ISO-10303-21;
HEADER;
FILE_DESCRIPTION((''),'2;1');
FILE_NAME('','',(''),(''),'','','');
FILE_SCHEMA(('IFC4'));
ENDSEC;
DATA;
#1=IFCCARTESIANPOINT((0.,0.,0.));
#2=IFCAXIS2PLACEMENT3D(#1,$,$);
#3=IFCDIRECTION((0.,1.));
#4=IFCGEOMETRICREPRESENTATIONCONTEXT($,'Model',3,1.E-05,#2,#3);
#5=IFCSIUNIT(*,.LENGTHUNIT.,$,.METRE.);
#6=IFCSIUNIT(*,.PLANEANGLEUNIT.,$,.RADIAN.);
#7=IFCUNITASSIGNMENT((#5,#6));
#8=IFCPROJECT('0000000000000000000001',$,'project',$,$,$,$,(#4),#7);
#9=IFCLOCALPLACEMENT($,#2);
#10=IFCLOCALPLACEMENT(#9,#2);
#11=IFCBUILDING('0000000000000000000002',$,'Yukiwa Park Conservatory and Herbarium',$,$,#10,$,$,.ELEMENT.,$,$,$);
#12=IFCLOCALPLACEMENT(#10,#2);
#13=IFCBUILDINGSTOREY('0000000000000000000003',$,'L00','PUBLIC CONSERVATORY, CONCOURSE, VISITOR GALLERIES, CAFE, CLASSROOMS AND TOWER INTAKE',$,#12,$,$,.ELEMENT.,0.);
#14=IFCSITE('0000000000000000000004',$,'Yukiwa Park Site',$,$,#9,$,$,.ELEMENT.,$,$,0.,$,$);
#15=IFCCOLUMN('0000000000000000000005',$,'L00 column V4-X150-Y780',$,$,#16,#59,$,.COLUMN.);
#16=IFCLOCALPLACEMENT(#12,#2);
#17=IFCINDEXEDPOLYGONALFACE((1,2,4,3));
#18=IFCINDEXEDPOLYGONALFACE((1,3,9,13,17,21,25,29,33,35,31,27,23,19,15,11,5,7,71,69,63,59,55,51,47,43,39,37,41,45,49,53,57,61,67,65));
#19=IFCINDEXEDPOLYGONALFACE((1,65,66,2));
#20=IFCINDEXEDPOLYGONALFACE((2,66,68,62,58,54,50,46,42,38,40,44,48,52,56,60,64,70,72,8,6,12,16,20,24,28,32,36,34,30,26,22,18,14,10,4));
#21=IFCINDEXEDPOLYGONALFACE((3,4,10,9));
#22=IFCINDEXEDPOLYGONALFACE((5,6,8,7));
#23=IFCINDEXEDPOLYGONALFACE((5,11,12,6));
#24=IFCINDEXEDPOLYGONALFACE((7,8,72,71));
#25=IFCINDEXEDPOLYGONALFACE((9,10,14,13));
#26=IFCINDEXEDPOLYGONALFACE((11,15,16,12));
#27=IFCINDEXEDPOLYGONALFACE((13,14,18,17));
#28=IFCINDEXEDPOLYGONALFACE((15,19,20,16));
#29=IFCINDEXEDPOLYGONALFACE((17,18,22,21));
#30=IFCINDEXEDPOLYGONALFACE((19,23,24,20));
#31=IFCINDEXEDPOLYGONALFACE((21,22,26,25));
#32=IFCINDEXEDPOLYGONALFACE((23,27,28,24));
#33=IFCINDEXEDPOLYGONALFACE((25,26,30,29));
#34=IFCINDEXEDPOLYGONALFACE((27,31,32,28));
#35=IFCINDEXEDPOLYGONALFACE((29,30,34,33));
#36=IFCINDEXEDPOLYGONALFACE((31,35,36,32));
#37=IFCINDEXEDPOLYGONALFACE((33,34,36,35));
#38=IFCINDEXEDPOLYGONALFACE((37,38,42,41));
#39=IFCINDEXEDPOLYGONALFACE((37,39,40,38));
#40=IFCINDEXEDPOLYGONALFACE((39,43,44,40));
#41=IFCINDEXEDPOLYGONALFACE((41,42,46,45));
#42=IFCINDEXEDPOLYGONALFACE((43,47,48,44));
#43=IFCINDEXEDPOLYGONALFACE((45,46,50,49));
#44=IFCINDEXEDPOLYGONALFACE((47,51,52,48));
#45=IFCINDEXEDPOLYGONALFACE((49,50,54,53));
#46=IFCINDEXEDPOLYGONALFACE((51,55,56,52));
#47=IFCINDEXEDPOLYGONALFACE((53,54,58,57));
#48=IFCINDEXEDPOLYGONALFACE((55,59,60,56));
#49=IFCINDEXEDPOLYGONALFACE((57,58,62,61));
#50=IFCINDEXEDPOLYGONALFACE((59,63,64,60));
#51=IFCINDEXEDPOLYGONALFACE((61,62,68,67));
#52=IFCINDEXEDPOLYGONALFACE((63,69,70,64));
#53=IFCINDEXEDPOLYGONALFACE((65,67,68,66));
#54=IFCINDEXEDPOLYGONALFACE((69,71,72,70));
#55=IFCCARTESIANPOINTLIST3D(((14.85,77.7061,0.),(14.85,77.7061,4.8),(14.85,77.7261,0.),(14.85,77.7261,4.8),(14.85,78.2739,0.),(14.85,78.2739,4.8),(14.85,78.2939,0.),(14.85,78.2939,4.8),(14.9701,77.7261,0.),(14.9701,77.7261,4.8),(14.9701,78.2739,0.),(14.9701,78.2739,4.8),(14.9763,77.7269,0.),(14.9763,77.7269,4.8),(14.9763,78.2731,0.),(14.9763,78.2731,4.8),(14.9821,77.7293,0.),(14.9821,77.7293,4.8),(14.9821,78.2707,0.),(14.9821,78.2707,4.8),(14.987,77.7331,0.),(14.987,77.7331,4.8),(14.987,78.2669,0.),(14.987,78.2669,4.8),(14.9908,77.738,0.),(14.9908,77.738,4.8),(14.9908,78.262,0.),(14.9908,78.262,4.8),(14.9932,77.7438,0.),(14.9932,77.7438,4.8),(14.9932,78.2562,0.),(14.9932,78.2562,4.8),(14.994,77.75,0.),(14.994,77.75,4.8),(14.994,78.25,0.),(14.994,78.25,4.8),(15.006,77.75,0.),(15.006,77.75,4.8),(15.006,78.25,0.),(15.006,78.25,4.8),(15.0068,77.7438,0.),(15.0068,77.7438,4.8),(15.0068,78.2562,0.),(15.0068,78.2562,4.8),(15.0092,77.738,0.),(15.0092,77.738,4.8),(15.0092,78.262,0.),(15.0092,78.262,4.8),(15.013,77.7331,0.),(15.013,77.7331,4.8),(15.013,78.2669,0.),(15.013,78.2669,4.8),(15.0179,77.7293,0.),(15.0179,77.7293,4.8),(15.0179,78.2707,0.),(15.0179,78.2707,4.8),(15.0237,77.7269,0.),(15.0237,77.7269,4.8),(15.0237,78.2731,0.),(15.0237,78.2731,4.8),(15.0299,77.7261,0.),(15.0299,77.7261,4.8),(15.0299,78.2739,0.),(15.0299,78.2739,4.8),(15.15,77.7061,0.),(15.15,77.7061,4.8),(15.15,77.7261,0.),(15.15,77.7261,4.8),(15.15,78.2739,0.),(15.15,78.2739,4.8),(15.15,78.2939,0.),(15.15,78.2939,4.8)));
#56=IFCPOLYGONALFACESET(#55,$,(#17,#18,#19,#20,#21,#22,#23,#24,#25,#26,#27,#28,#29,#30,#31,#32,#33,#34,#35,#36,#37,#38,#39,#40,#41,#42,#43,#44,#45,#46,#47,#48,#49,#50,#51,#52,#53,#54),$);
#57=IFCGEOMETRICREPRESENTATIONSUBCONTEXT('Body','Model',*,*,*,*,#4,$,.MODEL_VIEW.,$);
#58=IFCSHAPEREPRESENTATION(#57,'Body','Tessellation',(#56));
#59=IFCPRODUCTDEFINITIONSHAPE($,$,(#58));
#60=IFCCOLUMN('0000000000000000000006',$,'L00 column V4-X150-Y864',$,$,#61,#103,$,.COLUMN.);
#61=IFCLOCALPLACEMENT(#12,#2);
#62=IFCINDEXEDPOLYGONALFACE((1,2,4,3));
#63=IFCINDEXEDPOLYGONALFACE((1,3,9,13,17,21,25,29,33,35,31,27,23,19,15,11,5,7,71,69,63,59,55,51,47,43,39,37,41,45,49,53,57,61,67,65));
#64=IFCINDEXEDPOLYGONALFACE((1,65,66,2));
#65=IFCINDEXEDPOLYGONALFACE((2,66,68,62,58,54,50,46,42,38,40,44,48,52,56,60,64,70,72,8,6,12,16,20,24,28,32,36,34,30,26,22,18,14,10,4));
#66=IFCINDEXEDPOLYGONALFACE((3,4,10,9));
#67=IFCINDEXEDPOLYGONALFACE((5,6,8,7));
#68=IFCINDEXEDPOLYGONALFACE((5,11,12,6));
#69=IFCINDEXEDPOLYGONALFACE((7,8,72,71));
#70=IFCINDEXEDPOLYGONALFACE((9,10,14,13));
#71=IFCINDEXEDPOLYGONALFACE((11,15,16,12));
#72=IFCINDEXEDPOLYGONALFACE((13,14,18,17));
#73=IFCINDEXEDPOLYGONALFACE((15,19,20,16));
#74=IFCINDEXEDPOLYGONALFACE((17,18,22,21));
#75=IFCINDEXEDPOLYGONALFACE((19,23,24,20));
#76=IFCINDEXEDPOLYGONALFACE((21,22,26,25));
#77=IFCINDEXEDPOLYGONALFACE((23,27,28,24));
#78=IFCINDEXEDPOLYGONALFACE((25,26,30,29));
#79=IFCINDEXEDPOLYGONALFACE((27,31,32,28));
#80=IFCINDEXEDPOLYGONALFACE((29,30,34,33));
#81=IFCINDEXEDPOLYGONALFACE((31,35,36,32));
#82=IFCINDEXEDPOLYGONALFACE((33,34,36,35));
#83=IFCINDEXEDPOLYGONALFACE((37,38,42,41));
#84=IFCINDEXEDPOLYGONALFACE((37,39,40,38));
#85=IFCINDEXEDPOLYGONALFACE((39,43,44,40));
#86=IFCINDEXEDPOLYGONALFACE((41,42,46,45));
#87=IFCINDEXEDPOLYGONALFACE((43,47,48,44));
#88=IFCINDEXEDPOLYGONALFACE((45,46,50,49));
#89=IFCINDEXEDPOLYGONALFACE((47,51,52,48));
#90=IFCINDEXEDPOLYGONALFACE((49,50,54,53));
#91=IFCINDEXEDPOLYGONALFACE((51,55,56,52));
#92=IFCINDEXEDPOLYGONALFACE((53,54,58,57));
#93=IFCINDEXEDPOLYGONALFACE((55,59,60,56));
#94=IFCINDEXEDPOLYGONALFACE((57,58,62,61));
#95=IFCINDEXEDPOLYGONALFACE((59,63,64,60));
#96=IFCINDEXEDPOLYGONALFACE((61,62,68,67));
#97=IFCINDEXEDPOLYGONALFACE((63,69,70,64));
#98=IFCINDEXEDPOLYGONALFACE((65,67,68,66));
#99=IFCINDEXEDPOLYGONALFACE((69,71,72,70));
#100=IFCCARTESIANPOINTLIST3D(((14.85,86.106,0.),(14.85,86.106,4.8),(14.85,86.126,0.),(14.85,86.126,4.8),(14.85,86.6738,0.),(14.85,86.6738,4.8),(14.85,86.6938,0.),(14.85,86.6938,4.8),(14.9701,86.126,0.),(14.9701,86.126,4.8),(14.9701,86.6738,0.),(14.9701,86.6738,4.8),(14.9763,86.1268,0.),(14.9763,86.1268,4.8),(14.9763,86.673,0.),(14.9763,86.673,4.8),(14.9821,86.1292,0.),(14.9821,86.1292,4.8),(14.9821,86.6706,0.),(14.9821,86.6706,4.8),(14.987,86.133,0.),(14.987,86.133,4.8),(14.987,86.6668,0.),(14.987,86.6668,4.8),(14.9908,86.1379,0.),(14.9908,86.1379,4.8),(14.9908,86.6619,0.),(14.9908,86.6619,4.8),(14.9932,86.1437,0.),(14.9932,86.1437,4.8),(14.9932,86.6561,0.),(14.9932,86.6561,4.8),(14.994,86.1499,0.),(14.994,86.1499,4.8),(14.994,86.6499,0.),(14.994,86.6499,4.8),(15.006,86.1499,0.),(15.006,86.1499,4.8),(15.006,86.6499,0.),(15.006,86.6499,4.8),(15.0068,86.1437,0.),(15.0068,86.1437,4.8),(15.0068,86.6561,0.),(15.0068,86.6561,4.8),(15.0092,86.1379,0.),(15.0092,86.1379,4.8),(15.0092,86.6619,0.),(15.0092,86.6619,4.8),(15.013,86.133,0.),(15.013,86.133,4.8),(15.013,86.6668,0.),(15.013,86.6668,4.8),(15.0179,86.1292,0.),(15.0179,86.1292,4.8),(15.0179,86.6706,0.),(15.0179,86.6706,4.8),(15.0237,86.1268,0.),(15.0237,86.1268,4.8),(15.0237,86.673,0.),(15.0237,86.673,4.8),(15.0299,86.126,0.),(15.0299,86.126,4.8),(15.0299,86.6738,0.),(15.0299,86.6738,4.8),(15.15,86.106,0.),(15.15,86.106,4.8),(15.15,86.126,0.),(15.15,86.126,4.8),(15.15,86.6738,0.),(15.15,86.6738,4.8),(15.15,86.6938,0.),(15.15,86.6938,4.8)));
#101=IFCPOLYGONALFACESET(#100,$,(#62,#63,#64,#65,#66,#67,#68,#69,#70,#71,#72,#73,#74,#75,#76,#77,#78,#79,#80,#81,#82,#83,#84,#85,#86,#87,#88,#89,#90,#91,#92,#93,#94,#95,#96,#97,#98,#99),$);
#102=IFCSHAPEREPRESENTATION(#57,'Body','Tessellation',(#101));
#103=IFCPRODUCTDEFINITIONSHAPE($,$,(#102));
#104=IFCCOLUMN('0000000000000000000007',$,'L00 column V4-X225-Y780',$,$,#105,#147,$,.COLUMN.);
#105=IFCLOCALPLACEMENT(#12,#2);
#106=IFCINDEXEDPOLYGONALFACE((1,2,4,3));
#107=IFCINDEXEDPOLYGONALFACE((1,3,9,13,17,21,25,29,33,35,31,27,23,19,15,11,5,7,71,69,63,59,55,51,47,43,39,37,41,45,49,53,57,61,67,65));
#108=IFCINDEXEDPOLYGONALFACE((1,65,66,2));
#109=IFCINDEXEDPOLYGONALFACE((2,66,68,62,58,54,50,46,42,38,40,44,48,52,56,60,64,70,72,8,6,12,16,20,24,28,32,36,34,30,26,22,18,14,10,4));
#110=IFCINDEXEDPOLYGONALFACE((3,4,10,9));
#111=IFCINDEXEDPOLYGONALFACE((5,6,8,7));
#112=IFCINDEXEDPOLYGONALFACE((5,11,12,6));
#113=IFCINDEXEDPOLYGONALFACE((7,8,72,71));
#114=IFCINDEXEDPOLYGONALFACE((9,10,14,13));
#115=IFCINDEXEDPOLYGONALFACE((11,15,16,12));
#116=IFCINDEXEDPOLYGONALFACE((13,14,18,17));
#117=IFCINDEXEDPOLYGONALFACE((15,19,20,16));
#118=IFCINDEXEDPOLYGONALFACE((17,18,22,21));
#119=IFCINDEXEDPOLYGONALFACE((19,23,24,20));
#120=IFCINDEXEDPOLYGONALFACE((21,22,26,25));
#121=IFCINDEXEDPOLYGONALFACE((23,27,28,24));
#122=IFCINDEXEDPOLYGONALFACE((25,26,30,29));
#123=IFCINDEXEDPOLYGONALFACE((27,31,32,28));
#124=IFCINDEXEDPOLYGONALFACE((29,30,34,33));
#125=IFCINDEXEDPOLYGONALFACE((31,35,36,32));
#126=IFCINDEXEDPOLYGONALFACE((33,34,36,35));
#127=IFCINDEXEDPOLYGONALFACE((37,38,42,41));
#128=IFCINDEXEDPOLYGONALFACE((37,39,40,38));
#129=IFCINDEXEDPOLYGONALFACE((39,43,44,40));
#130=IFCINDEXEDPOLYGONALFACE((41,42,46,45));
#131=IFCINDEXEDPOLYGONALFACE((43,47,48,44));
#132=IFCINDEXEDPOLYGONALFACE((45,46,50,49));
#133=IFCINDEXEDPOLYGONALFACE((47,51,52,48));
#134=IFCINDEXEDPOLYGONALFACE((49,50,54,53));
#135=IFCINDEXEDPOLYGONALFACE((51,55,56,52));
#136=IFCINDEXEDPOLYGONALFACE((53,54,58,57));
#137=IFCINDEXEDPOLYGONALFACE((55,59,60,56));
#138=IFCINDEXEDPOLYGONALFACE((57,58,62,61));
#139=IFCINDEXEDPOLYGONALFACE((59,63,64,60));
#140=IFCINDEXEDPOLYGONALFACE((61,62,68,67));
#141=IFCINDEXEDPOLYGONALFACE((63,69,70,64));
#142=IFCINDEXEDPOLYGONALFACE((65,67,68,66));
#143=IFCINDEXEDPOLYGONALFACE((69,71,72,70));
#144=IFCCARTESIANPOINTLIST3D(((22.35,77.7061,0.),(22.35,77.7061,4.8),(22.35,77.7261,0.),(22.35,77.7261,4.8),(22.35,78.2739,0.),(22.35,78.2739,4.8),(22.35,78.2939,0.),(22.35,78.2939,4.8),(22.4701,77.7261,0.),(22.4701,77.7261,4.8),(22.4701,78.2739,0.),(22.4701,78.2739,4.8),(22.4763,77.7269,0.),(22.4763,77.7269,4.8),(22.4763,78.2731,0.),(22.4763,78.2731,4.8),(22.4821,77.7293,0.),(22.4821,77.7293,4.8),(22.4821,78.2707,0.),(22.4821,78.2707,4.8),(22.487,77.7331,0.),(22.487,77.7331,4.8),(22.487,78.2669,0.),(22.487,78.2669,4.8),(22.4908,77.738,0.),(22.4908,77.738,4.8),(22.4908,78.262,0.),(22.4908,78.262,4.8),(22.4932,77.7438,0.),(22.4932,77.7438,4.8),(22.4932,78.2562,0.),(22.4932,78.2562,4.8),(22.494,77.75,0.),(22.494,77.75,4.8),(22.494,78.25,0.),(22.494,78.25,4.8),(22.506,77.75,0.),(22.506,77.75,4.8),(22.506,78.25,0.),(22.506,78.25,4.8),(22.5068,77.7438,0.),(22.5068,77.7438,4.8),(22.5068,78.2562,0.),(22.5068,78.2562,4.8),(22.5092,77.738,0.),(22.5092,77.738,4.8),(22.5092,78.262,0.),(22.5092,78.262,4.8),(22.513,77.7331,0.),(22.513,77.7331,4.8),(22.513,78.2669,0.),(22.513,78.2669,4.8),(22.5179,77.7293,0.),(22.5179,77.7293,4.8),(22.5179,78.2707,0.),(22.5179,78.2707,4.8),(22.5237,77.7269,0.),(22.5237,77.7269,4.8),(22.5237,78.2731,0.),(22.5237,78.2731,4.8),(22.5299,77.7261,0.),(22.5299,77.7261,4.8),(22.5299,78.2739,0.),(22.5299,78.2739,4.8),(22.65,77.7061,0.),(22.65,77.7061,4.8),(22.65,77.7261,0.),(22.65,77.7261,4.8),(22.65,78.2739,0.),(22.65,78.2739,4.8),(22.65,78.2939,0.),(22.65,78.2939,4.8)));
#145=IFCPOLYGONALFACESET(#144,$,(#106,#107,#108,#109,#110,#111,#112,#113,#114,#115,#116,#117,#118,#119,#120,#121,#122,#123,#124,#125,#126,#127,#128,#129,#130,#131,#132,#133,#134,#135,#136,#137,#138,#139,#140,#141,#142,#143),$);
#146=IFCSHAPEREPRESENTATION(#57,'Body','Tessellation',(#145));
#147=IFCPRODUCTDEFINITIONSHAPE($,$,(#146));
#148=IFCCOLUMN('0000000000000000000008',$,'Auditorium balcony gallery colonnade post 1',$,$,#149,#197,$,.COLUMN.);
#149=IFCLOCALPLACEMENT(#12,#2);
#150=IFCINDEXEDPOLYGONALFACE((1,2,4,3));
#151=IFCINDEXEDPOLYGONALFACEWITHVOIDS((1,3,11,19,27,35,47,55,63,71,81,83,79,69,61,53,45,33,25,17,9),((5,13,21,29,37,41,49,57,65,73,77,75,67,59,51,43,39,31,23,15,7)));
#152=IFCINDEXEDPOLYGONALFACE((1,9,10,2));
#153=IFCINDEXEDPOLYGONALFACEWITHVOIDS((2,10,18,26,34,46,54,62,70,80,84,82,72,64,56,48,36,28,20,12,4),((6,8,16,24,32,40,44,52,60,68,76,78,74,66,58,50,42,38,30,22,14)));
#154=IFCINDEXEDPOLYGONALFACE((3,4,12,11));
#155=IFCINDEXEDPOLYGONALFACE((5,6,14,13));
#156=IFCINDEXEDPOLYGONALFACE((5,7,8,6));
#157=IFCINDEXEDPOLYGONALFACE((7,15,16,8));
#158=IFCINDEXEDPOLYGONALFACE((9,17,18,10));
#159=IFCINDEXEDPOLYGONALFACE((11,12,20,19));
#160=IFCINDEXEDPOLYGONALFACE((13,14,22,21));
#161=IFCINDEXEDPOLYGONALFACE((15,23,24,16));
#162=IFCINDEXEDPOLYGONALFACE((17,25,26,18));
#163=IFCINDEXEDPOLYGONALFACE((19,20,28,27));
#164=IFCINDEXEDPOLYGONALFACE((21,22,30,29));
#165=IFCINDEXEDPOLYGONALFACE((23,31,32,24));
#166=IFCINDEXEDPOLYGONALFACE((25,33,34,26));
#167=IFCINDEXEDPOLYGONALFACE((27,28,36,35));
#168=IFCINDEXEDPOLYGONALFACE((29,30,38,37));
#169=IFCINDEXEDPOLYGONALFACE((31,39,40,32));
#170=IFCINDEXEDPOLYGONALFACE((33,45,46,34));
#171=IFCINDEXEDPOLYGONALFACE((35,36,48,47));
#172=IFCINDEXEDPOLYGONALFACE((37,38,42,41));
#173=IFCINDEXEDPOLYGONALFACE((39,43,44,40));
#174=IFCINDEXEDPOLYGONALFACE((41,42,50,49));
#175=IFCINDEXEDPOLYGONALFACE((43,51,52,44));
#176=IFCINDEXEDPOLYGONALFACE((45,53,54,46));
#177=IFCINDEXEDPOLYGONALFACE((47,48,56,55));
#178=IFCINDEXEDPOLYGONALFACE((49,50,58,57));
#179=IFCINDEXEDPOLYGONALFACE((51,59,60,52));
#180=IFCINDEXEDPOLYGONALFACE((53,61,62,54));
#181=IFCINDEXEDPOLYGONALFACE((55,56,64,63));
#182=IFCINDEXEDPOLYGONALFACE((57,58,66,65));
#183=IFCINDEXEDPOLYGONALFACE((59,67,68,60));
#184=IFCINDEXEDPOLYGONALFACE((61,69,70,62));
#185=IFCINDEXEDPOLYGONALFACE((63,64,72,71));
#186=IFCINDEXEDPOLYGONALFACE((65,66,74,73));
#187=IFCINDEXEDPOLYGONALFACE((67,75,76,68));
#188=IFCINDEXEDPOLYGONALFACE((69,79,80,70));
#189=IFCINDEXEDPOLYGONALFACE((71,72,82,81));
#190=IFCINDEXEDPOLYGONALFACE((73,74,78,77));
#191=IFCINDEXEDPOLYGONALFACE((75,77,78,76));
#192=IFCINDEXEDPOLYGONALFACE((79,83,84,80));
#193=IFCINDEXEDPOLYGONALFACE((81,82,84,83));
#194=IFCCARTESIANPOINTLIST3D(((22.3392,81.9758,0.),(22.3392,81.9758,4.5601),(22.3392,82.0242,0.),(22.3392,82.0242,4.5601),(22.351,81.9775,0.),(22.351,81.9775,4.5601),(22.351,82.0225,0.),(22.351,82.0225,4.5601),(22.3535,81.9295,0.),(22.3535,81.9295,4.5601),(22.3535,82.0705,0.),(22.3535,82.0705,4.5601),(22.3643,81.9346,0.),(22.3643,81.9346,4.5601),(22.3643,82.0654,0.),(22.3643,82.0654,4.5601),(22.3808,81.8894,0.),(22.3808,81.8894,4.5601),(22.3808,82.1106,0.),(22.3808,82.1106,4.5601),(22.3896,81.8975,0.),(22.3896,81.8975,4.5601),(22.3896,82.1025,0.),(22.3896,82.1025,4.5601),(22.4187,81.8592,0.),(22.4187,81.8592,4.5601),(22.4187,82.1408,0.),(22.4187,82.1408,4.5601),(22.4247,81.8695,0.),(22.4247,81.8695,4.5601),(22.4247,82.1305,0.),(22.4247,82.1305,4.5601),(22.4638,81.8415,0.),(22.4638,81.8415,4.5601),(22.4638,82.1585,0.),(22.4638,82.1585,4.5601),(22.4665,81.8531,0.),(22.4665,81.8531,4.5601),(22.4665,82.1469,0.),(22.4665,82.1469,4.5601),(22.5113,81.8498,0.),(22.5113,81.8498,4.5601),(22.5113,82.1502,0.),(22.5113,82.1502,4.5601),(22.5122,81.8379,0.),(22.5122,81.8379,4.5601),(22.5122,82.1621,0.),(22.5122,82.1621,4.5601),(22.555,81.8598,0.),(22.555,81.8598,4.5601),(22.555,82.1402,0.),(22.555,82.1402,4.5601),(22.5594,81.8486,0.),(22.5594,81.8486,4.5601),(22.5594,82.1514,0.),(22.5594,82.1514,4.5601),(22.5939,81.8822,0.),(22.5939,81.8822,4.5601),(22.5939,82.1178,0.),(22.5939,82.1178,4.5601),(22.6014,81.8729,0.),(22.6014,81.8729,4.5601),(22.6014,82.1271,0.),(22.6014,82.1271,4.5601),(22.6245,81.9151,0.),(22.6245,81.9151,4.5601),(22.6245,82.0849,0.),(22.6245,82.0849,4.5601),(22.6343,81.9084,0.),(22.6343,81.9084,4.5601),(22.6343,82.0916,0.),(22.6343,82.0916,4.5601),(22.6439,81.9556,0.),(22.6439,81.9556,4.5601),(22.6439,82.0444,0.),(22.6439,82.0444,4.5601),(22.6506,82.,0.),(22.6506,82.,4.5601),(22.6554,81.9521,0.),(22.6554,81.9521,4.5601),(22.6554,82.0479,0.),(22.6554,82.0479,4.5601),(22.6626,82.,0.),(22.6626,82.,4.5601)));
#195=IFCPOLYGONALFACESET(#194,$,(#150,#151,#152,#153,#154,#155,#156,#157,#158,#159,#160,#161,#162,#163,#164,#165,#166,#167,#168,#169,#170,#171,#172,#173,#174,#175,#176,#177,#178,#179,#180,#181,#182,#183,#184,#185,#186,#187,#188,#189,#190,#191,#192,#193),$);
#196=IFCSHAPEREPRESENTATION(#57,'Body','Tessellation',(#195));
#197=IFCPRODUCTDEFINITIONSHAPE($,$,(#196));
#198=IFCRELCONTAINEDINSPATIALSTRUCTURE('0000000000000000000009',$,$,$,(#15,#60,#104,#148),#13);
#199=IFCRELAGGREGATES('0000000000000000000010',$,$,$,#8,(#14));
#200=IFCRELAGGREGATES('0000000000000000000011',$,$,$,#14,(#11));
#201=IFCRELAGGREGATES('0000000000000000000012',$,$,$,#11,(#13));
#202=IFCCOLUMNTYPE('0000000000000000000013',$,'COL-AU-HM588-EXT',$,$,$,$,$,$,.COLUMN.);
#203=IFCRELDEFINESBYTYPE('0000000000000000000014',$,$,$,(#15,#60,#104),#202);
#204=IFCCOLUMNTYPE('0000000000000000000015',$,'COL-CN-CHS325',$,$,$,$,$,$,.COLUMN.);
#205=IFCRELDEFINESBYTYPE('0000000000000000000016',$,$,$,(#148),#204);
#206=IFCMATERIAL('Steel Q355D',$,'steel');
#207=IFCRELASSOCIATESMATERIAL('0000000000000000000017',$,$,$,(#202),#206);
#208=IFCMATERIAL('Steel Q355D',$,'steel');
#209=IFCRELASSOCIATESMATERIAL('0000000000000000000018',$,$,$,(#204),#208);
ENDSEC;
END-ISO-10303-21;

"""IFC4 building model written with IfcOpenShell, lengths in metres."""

from ifc_helpers import new_model, si_unit, direction, frame, origin, origin_2d, place, context, subcontext, project, spatial, hollow_circle, i_section, extrude, material, material_profile, profile_set, type_object, element, save


model = new_model("IFC4")

# Units and contexts
model_context = context("Model", 3, precision=1e-05, world=origin(), true_north=direction((0.0, 1.0)))
body_context = subcontext(model_context, "Body", "Model", "MODEL_VIEW")
ifc_project = project(units=[si_unit("LENGTHUNIT", "METRE"), si_unit("PLANEANGLEUNIT", "RADIAN")], contexts=[model_context])

# Site, building, storey
site_placement = place(None, origin())
site = spatial("IfcSite", under=ifc_project, at=site_placement, Name="Yukiwa Park Site", CompositionType="ELEMENT", RefElevation=0.0)
building_placement = place(site_placement, origin())
building = spatial("IfcBuilding", under=site, at=building_placement, Name="Yukiwa Park Conservatory and Herbarium", CompositionType="ELEMENT")
storey_placement = place(building_placement, origin())
storey = spatial("IfcBuildingStorey", under=building, at=storey_placement, Name="L00", Description="PUBLIC CONSERVATORY, CONCOURSE, VISITOR GALLERIES, CAFE, CLASSROOMS AND TOWER INTAKE", CompositionType="ELEMENT", Elevation=0.0)

# Columns
ifc_material_1 = material(Name="Steel Q355D", Category="steel")
ifc_material_profile_1 = material_profile(ifc_material_1, i_section(OverallWidth=0.3, OverallDepth=0.5879, WebThickness=0.012, FlangeThickness=0.02, FilletRadius=0.0239, at=origin_2d()), Name="HM 588x300x12x20")
ifc_profile_set_1 = profile_set([ifc_material_profile_1], Name="Steel Q355D")
column_type_1 = type_object("IfcColumnType", Name="COL-AU-HM588-EXT", PredefinedType="COLUMN", material=ifc_profile_set_1)
for number, where, z_axis, x_axis, name in (
    (1, (15.0, 78.0, 0.0), (0.0, 0.0, 1.0), (1.0, 0.0, 0.0), "L00 column V4-X150-Y780"),
    (2, (15.0, 86.3999, 0.0), (0.0, 0.0, 1.0), (1.0, 0.0, 0.0), "L00 column V4-X150-Y864"),
    (3, (22.5, 78.0, 0.0), (0.0, 0.0, 1.0), (1.0, 0.0, 0.0), "L00 column V4-X225-Y780"),
):
    element("IfcColumn", number, at=place(storey_placement, frame(where, z_axis=z_axis, x_axis=x_axis)), inside=storey, type_object=column_type_1, Name=name, PredefinedType="COLUMN", context=body_context, shape_type="SweptSolid", body=[
        extrude(i_section(OverallWidth=0.3, OverallDepth=0.5879, WebThickness=0.012, FlangeThickness=0.02, FilletRadius=0.0239, at=origin_2d()), origin(), (0.0, 0.0, 1.0), 4.8),
    ])
ifc_material_2 = material(Name="Steel Q355D", Category="steel")
ifc_material_profile_2 = material_profile(ifc_material_2, hollow_circle(Radius=0.1626, WallThickness=0.012, at=origin_2d()), Name="CHS 325x12")
ifc_profile_set_2 = profile_set([ifc_material_profile_2], Name="Steel Q355D")
column_type_2 = type_object("IfcColumnType", Name="COL-CN-CHS325", PredefinedType="COLUMN", material=ifc_profile_set_2)
column_placement = place(storey_placement, frame((22.5, 82.0, 0.0), z_axis=(0.0, 0.0, 1.0), x_axis=(1.0, 0.0, 0.0)))
element("IfcColumn", 4, at=column_placement, inside=storey, type_object=column_type_2, Name="Auditorium balcony gallery colonnade post 1", PredefinedType="COLUMN", context=body_context, shape_type="SweptSolid", body=[
    extrude(hollow_circle(Radius=0.1626, WallThickness=0.012, at=origin_2d()), origin(), (0.0, 0.0, 1.0), 4.5601),
])

save(model, "model.ifc")
